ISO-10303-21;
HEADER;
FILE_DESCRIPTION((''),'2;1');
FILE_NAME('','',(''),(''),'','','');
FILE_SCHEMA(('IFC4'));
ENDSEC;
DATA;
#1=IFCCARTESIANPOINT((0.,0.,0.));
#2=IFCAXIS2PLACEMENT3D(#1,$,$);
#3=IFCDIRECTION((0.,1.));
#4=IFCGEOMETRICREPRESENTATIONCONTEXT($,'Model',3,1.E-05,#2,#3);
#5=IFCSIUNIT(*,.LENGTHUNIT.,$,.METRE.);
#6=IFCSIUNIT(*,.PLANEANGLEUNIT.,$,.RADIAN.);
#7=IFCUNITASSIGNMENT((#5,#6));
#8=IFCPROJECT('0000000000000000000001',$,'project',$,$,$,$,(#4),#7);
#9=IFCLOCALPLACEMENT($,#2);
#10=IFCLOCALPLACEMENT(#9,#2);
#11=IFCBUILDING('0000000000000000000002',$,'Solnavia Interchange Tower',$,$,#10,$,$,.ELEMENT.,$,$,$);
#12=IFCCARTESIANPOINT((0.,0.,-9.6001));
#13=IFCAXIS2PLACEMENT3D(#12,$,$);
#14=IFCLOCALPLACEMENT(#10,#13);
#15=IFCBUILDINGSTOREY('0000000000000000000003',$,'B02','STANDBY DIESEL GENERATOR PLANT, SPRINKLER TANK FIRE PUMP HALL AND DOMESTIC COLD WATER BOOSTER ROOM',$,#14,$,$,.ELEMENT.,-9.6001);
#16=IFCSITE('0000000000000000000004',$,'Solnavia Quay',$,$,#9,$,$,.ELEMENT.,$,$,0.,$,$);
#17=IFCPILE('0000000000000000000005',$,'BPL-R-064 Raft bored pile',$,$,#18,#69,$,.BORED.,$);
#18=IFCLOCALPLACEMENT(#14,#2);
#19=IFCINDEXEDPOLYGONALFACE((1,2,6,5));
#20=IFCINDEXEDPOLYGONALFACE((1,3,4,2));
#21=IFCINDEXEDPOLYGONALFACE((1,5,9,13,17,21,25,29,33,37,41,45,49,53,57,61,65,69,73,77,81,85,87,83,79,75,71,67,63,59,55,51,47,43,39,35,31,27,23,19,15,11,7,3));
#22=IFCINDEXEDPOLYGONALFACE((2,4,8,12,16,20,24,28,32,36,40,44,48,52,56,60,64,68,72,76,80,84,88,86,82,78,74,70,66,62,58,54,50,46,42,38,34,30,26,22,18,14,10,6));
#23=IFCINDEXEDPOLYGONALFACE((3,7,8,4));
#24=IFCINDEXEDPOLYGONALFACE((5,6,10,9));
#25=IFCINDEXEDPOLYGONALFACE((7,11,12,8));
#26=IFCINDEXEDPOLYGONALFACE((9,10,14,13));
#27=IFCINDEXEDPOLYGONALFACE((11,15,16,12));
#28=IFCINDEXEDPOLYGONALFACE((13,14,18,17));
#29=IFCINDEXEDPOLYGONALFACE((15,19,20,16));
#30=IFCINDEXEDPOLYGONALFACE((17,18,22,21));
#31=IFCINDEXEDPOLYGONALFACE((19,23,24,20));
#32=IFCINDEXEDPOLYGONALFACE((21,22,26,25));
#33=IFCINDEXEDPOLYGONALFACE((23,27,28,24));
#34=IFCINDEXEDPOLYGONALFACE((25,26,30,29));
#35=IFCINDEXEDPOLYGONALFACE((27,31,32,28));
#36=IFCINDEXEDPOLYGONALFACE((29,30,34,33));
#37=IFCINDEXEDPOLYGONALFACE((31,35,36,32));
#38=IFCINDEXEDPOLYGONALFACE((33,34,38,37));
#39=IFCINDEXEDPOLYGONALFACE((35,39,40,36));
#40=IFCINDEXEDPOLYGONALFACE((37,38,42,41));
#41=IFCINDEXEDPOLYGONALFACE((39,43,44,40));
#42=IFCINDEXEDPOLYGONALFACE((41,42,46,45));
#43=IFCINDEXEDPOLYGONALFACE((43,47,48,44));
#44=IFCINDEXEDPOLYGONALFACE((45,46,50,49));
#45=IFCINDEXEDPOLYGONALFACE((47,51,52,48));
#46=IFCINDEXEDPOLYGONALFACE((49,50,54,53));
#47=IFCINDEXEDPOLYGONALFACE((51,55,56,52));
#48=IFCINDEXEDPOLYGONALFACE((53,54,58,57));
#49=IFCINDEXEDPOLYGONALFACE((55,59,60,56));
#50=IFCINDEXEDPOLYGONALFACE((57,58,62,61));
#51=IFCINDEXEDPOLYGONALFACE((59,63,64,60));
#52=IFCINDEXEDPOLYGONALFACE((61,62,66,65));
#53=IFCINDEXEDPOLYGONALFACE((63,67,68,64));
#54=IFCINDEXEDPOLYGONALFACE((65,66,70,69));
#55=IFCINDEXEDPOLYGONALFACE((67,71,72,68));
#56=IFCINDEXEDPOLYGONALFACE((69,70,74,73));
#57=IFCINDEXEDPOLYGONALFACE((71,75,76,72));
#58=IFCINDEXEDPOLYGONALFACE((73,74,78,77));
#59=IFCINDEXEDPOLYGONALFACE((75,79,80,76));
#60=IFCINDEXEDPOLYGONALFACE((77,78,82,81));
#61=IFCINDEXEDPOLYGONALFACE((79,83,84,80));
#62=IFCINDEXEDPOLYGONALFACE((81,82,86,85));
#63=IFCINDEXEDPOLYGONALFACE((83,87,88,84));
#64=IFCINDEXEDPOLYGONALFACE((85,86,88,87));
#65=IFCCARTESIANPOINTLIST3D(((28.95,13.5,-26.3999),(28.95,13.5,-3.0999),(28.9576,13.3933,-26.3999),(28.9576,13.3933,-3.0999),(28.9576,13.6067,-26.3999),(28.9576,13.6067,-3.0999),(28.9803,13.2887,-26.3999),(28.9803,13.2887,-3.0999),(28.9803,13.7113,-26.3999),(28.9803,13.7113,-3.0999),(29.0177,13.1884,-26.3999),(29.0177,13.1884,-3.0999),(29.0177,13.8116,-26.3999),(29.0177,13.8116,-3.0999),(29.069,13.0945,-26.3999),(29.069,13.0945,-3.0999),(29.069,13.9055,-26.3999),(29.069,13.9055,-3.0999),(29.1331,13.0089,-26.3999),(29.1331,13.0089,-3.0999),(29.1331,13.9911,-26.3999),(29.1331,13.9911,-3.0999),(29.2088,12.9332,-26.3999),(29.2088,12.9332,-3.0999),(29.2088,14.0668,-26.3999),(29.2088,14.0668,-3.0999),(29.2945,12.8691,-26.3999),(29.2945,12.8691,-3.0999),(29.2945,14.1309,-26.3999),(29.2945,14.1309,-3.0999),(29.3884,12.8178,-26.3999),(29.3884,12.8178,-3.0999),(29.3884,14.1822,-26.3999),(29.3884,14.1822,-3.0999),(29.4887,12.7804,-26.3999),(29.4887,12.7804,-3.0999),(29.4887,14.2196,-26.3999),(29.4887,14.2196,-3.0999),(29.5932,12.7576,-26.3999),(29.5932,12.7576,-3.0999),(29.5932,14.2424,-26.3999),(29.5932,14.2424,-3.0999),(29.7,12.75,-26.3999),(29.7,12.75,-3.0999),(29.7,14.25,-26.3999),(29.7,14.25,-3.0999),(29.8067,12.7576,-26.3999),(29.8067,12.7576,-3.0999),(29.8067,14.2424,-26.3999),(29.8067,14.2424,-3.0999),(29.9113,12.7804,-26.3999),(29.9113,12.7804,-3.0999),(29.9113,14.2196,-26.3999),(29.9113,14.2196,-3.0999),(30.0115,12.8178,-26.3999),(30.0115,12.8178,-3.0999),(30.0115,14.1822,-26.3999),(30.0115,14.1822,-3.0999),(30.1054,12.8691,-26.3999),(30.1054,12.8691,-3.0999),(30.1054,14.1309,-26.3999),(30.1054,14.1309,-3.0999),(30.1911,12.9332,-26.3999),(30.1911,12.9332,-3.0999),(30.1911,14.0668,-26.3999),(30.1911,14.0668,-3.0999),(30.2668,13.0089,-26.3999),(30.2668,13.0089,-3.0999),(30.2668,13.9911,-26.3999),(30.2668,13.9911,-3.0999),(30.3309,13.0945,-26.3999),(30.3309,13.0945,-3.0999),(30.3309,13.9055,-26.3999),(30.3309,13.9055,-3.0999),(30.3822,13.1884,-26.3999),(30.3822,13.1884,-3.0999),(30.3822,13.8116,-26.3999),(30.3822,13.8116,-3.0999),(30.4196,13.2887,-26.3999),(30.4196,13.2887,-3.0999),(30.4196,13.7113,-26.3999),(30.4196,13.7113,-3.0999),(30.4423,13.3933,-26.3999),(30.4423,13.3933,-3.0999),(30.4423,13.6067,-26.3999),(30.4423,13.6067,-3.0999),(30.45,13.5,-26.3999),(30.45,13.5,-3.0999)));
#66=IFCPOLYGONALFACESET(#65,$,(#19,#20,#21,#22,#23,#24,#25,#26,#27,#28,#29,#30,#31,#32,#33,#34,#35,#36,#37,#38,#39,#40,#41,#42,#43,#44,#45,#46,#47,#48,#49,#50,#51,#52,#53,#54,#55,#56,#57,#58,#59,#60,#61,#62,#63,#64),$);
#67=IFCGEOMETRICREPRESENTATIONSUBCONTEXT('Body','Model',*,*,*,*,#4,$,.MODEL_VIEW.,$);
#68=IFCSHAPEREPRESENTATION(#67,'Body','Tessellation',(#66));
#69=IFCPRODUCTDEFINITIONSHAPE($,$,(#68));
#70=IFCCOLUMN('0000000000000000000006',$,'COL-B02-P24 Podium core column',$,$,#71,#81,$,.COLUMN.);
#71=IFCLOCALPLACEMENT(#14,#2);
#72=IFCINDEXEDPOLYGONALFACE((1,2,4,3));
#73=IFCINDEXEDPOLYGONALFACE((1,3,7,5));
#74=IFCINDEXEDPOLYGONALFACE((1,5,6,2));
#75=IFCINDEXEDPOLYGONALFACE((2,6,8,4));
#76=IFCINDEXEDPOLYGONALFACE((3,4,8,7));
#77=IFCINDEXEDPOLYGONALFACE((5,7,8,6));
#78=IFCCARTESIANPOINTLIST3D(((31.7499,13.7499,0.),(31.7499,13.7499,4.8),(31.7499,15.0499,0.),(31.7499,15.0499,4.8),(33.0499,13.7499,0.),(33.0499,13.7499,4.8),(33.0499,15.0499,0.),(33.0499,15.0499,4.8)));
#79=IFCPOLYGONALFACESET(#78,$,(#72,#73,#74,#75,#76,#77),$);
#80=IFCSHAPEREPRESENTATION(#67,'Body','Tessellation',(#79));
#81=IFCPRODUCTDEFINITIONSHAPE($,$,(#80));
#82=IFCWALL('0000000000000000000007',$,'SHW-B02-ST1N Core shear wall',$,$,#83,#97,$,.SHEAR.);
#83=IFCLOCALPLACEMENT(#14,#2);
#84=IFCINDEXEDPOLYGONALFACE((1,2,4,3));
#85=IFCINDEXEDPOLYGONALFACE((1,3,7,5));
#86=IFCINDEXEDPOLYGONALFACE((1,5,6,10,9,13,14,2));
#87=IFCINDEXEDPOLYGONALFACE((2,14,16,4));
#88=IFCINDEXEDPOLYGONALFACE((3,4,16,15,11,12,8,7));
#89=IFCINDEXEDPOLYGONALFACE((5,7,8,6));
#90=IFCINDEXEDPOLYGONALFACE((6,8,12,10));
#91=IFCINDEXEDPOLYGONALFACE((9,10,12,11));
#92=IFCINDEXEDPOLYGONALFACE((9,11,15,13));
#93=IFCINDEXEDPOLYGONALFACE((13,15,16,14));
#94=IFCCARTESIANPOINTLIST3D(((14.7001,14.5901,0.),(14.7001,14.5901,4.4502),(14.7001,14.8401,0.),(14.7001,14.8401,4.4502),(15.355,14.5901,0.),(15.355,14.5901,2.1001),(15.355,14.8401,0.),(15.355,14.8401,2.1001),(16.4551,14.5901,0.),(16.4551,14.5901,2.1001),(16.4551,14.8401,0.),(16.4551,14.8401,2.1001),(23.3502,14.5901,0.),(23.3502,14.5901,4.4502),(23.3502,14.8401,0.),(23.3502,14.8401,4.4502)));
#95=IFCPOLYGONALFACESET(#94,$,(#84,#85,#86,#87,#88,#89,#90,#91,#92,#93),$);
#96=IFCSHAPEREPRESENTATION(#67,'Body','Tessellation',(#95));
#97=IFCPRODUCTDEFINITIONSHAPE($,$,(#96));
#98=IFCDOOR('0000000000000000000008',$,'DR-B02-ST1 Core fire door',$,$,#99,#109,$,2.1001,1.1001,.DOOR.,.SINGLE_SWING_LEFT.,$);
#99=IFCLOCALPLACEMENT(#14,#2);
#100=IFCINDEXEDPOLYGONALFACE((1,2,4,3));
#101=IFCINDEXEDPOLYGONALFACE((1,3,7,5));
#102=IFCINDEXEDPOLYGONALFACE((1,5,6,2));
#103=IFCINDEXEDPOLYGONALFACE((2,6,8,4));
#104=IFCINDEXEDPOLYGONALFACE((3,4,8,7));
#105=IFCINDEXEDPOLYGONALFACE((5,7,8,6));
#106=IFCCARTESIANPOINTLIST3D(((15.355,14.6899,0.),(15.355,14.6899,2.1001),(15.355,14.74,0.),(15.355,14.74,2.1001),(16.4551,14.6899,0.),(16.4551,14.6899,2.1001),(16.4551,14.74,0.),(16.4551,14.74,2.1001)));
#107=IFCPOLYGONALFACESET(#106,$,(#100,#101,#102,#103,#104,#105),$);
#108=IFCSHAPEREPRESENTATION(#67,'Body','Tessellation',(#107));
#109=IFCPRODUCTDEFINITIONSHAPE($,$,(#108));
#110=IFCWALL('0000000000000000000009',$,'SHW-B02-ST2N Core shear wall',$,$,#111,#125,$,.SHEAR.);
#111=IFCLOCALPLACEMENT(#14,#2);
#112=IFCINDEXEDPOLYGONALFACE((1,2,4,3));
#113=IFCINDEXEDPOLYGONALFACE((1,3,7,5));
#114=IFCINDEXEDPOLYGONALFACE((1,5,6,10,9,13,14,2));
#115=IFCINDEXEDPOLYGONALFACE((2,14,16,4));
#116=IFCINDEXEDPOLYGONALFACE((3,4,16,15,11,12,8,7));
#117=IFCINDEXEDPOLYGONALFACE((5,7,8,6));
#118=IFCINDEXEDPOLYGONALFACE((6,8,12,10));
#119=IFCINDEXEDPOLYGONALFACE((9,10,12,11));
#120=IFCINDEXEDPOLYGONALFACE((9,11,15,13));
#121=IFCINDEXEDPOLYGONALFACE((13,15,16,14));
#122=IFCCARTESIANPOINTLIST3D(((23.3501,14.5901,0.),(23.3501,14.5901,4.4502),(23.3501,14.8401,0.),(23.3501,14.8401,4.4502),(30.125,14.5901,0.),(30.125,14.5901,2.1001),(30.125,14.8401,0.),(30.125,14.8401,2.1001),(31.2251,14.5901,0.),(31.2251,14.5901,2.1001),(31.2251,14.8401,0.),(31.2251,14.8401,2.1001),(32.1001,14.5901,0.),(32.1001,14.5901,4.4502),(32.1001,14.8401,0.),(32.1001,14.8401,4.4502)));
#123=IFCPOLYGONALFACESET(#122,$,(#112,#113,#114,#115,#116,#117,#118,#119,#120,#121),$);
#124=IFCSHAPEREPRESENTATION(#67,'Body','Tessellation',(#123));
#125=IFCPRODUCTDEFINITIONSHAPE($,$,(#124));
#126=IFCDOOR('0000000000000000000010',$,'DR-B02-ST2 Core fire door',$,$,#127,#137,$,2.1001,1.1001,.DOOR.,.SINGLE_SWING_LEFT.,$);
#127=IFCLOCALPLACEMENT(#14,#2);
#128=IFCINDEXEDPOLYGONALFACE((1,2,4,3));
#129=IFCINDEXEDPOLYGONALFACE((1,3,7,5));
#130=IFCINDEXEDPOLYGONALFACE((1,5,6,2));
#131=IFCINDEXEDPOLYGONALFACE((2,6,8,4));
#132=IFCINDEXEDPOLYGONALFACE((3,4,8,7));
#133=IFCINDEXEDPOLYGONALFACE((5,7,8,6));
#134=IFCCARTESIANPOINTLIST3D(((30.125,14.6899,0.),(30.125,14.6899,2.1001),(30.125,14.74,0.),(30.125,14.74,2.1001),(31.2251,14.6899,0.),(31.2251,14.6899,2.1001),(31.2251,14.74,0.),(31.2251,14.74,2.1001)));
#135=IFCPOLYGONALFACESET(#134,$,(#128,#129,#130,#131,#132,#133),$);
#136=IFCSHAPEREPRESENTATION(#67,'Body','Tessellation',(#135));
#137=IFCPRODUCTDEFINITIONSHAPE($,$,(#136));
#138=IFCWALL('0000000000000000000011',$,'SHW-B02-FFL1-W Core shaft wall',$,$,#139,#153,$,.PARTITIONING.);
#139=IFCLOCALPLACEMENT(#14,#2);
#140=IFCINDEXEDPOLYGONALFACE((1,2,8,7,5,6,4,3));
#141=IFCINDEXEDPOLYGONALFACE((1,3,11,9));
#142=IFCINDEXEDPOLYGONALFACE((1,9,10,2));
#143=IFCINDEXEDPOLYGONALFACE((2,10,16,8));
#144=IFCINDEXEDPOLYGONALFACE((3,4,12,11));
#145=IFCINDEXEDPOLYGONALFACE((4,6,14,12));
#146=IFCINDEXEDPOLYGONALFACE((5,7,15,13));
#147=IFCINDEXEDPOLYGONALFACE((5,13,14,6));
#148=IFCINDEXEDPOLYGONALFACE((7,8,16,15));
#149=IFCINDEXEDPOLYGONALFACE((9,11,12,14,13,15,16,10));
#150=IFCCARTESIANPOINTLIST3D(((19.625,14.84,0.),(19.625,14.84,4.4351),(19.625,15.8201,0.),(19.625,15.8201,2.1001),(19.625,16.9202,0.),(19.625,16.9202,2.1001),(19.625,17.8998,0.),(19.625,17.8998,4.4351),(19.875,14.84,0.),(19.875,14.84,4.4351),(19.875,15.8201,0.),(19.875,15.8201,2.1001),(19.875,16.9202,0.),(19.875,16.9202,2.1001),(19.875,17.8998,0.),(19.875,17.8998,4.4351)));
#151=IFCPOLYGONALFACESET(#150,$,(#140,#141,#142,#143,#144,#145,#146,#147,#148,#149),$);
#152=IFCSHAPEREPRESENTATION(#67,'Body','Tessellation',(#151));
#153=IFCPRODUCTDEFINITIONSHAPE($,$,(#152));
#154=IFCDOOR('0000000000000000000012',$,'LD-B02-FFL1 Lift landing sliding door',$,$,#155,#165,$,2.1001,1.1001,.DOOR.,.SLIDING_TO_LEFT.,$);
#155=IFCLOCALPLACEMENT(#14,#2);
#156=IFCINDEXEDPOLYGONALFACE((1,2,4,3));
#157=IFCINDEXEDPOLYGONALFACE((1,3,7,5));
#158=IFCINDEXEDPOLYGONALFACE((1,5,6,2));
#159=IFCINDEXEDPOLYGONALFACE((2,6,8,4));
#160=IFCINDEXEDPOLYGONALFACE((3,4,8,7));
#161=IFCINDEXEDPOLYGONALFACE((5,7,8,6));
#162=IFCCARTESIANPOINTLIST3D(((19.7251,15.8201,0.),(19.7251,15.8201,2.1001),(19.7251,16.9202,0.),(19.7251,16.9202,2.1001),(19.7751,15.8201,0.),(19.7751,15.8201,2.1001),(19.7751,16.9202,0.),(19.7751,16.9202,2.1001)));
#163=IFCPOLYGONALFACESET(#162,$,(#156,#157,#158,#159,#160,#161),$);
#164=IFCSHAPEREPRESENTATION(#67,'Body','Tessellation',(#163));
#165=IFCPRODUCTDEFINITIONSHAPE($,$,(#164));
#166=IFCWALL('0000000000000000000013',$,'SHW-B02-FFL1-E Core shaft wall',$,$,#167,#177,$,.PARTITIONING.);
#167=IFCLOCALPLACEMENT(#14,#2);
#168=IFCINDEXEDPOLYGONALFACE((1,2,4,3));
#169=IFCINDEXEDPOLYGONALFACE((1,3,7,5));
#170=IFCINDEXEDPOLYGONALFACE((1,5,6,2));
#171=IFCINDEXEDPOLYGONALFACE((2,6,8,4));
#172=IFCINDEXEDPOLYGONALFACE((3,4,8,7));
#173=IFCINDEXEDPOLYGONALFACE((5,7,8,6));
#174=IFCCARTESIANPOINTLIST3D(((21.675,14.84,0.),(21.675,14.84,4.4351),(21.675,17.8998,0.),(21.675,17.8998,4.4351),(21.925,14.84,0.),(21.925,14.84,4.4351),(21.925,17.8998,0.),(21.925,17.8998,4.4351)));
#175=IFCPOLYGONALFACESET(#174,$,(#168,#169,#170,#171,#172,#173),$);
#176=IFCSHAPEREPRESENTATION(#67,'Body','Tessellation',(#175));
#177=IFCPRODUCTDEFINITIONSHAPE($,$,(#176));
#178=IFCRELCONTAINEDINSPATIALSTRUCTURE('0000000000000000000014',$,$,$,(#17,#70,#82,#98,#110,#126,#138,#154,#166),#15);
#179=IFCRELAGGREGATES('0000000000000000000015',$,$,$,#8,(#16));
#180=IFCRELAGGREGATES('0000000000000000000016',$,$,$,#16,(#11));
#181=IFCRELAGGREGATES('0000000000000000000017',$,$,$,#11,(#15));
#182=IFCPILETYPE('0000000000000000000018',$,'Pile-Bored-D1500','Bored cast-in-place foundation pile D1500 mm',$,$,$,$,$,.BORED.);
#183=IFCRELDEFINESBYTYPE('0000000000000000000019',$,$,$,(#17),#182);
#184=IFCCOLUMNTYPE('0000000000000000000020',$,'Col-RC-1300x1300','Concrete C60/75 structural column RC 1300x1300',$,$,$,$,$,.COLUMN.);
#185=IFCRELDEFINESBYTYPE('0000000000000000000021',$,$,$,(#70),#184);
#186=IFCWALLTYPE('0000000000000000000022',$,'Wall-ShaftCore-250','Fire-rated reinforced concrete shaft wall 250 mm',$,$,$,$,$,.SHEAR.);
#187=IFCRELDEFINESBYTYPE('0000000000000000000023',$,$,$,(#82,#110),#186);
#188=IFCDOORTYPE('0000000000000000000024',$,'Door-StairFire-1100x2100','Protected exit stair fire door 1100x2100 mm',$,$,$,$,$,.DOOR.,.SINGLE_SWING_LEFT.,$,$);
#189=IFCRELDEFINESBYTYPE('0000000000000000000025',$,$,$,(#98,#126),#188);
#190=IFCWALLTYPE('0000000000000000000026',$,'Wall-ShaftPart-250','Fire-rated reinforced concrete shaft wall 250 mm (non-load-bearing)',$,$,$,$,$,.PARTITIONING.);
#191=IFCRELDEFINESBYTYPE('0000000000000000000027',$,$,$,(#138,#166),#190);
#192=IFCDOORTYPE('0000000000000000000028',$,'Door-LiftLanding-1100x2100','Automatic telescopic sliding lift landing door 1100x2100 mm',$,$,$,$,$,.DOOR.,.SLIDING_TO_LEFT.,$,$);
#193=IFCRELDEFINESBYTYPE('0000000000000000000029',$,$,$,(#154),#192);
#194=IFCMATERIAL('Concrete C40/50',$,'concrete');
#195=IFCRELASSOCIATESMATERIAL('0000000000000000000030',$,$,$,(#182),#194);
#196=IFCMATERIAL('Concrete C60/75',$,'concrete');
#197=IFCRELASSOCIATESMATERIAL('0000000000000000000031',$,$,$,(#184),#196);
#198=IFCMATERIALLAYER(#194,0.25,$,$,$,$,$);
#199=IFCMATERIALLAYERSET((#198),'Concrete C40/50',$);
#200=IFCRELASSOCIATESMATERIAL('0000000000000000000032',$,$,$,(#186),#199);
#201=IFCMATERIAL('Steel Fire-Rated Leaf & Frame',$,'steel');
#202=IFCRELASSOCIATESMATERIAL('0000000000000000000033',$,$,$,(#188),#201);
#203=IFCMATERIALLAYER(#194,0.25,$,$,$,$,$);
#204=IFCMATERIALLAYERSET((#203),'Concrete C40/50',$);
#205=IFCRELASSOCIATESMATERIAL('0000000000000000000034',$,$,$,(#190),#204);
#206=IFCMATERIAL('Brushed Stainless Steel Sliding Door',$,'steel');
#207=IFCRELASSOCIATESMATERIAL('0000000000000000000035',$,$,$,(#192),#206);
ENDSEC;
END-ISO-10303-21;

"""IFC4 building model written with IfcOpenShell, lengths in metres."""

from ifc_helpers import new_model, si_unit, direction, frame, frame_2d, origin, origin_2d, place, context, subcontext, project, spatial, rectangle, circle, extrude, material, layer, layer_set, material_profile, profile_set, type_object, element, fill, save


model = new_model("IFC4")

# Units and contexts
model_context = context("Model", 3, precision=1e-05, world=origin(), true_north=direction((0.0, 1.0)))
body_context = subcontext(model_context, "Body", "Model", "MODEL_VIEW")
ifc_project = project(units=[si_unit("LENGTHUNIT", "METRE"), si_unit("PLANEANGLEUNIT", "RADIAN")], contexts=[model_context])

# Site, building, storey
site_placement = place(None, origin())
site = spatial("IfcSite", under=ifc_project, at=site_placement, Name="Solnavia Quay", CompositionType="ELEMENT", RefElevation=0.0)
building_placement = place(site_placement, origin())
building = spatial("IfcBuilding", under=site, at=building_placement, Name="Solnavia Interchange Tower", CompositionType="ELEMENT")
storey_placement = place(building_placement, frame((0.0, 0.0, -9.6001)))
storey = spatial("IfcBuildingStorey", under=building, at=storey_placement, Name="B02", Description="STANDBY DIESEL GENERATOR PLANT, SPRINKLER TANK FIRE PUMP HALL AND DOMESTIC COLD WATER BOOSTER ROOM", CompositionType="ELEMENT", Elevation=-9.6001)

# Pile
ifc_material_1 = material(Name="Concrete C40/50", Category="concrete")
ifc_material_profile_1 = material_profile(ifc_material_1, circle(Radius=0.75, at=origin_2d()), Name="PILE D1500")
ifc_profile_set_1 = profile_set([ifc_material_profile_1], Name="Concrete C40/50")
pile_type = type_object("IfcPileType", Name="Pile-Bored-D1500", Description="Bored cast-in-place foundation pile D1500 mm", PredefinedType="BORED", material=ifc_profile_set_1)
for number, where, z_axis, x_axis, name in (
    (1, (29.7, 13.5, -3.0999), (0.0, 0.0, -1.0), (1.0, 0.0, 0.0), "BPL-R-064 Raft bored pile"),
):
    element("IfcPile", number, at=place(storey_placement, frame(where, z_axis=z_axis, x_axis=x_axis)), inside=storey, type_object=pile_type, Name=name, PredefinedType="BORED", context=body_context, shape_type="SweptSolid", body=[
        extrude(circle(Radius=0.75, at=origin_2d()), origin(), (0.0, 0.0, 1.0), 23.3),
    ])

# Column
ifc_material_2 = material(Name="Concrete C60/75", Category="concrete")
ifc_material_profile_2 = material_profile(ifc_material_2, rectangle(XDim=1.3, YDim=1.3, at=origin_2d()), Name="RC 1300x1300")
ifc_profile_set_2 = profile_set([ifc_material_profile_2], Name="Concrete C60/75")
column_type = type_object("IfcColumnType", Name="Col-RC-1300x1300", Description="Concrete C60/75 structural column RC 1300x1300", PredefinedType="COLUMN", material=ifc_profile_set_2)
column_placement = place(storey_placement, frame((32.3999, 14.3999, 0.0), z_axis=(0.0, 0.0, 1.0), x_axis=(1.0, 0.0, 0.0)))
element("IfcColumn", 2, at=column_placement, inside=storey, type_object=column_type, Name="COL-B02-P24 Podium core column", PredefinedType="COLUMN", context=body_context, shape_type="SweptSolid", body=[
    extrude(rectangle(XDim=1.3, YDim=1.3, at=origin_2d()), origin(), (0.0, 0.0, 1.0), 4.8),
])

# Walls, openings, doors
ifc_layer_1 = layer(ifc_material_1, 0.25)
ifc_layer_set_1 = layer_set([ifc_layer_1], Name="Concrete C40/50")
wall_type_1 = type_object("IfcWallType", Name="Wall-ShaftCore-250", Description="Fire-rated reinforced concrete shaft wall 250 mm", PredefinedType="SHEAR", material=ifc_layer_set_1)
wall_1_placement = place(storey_placement, frame((14.7, 14.7151, 0.0), z_axis=(0.0, 0.0, 1.0), x_axis=(1.0, 0.0, 0.0)))
wall_1 = element("IfcWall", 3, at=wall_1_placement, inside=storey, type_object=wall_type_1, Name="SHW-B02-ST1N Core shear wall", PredefinedType="SHEAR", context=body_context, shape_type="SweptSolid", body=[
    extrude(rectangle(XDim=8.6501, YDim=0.25, at=frame_2d((4.3252, 0.0))), origin(), (0.0, 0.0, 1.0), 4.4502),
])
opening_1_placement = place(wall_1_placement, frame((0.655, 0.0, 0.0)))
opening_1 = element("IfcOpeningElement", 4, at=opening_1_placement, cuts=wall_1, PredefinedType="OPENING", context=body_context, shape_type="SweptSolid", body=[
    extrude(rectangle(XDim=1.1001, YDim=2.1001, at=frame_2d((0.55, 1.05))), frame((0.0, 0.135, 0.0), z_axis=(0.0, -1.0, 0.0), x_axis=(1.0, 0.0, 0.0)), (0.0, 0.0, 1.0), 0.27),
])
ifc_material_3 = material(Name="Steel Fire-Rated Leaf & Frame", Category="steel")
door_type_1 = type_object("IfcDoorType", Name="Door-StairFire-1100x2100", Description="Protected exit stair fire door 1100x2100 mm", OperationType="SINGLE_SWING_LEFT", PredefinedType="DOOR", material=ifc_material_3)
door_1_placement = place(opening_1_placement, origin())
door_1 = element("IfcDoor", 5, at=door_1_placement, inside=storey, type_object=door_type_1, Name="DR-B02-ST1 Core fire door", OperationType="SINGLE_SWING_LEFT", OverallHeight=2.1001, OverallWidth=1.1001, PredefinedType="DOOR", context=body_context, shape_type="SweptSolid", body=[
    extrude(rectangle(XDim=1.1001, YDim=2.1001, at=frame_2d((0.55, 1.05))), frame((0.0, 0.0249, 0.0), z_axis=(0.0, -1.0, 0.0), x_axis=(1.0, 0.0, 0.0)), (0.0, 0.0, 1.0), 0.05),
])
fill(opening_1, door_1)
wall_2_placement = place(storey_placement, frame((23.3501, 14.7151, 0.0), z_axis=(0.0, 0.0, 1.0), x_axis=(1.0, 0.0, 0.0)))
wall_2 = element("IfcWall", 6, at=wall_2_placement, inside=storey, type_object=wall_type_1, Name="SHW-B02-ST2N Core shear wall", PredefinedType="SHEAR", context=body_context, shape_type="SweptSolid", body=[
    extrude(rectangle(XDim=8.75, YDim=0.25, at=frame_2d((4.375, 0.0))), origin(), (0.0, 0.0, 1.0), 4.4502),
])
opening_2_placement = place(wall_2_placement, frame((6.7749, 0.0, 0.0)))
opening_2 = element("IfcOpeningElement", 7, at=opening_2_placement, cuts=wall_2, PredefinedType="OPENING", context=body_context, shape_type="SweptSolid", body=[
    extrude(rectangle(XDim=1.1001, YDim=2.1001, at=frame_2d((0.55, 1.05))), frame((0.0, 0.135, 0.0), z_axis=(0.0, -1.0, 0.0), x_axis=(1.0, 0.0, 0.0)), (0.0, 0.0, 1.0), 0.27),
])
door_2_placement = place(opening_2_placement, origin())
door_2 = element("IfcDoor", 8, at=door_2_placement, inside=storey, type_object=door_type_1, Name="DR-B02-ST2 Core fire door", OperationType="SINGLE_SWING_LEFT", OverallHeight=2.1001, OverallWidth=1.1001, PredefinedType="DOOR", context=body_context, shape_type="SweptSolid", body=[
    extrude(rectangle(XDim=1.1001, YDim=2.1001, at=frame_2d((0.55, 1.05))), frame((0.0, 0.0249, 0.0), z_axis=(0.0, -1.0, 0.0), x_axis=(1.0, 0.0, 0.0)), (0.0, 0.0, 1.0), 0.05),
])
fill(opening_2, door_2)
ifc_layer_2 = layer(ifc_material_1, 0.25)
ifc_layer_set_2 = layer_set([ifc_layer_2], Name="Concrete C40/50")
wall_type_2 = type_object("IfcWallType", Name="Wall-ShaftPart-250", Description="Fire-rated reinforced concrete shaft wall 250 mm (non-load-bearing)", PredefinedType="PARTITIONING", material=ifc_layer_set_2)
wall_3_placement = place(storey_placement, frame((19.75, 14.8401, 0.0), z_axis=(0.0, 0.0, 1.0), x_axis=(0.0, 1.0, 0.0)))
wall_3 = element("IfcWall", 9, at=wall_3_placement, inside=storey, type_object=wall_type_2, Name="SHW-B02-FFL1-W Core shaft wall", PredefinedType="PARTITIONING", context=body_context, shape_type="SweptSolid", body=[
    extrude(rectangle(XDim=3.0598, YDim=0.25, at=frame_2d((1.5298, 0.0))), origin(), (0.0, 0.0, 1.0), 4.4351),
])
opening_3_placement = place(wall_3_placement, frame((0.98, 0.0, 0.0)))
opening_3 = element("IfcOpeningElement", 10, at=opening_3_placement, cuts=wall_3, PredefinedType="OPENING", context=body_context, shape_type="SweptSolid", body=[
    extrude(rectangle(XDim=1.1001, YDim=2.1001, at=frame_2d((0.55, 1.05))), frame((0.0, 0.135, 0.0), z_axis=(0.0, -1.0, 0.0), x_axis=(1.0, 0.0, 0.0)), (0.0, 0.0, 1.0), 0.27),
])
ifc_material_4 = material(Name="Brushed Stainless Steel Sliding Door", Category="steel")
door_type_2 = type_object("IfcDoorType", Name="Door-LiftLanding-1100x2100", Description="Automatic telescopic sliding lift landing door 1100x2100 mm", OperationType="SLIDING_TO_LEFT", PredefinedType="DOOR", material=ifc_material_4)
door_3_placement = place(opening_3_placement, origin())
door_3 = element("IfcDoor", 11, at=door_3_placement, inside=storey, type_object=door_type_2, Name="LD-B02-FFL1 Lift landing sliding door", OperationType="SLIDING_TO_LEFT", OverallHeight=2.1001, OverallWidth=1.1001, PredefinedType="DOOR", context=body_context, shape_type="SweptSolid", body=[
    extrude(rectangle(XDim=1.1001, YDim=2.1001, at=frame_2d((0.55, 1.05))), frame((0.0, 0.0249, 0.0), z_axis=(0.0, -1.0, 0.0), x_axis=(1.0, 0.0, 0.0)), (0.0, 0.0, 1.0), 0.05),
])
fill(opening_3, door_3)

# Wall
for number, where, z_axis, x_axis, name in (
    (12, (21.8, 14.8401, 0.0), (0.0, 0.0, 1.0), (0.0, 1.0, 0.0), "SHW-B02-FFL1-E Core shaft wall"),
):
    element("IfcWall", number, at=place(storey_placement, frame(where, z_axis=z_axis, x_axis=x_axis)), inside=storey, type_object=wall_type_2, Name=name, PredefinedType="PARTITIONING", context=body_context, shape_type="SweptSolid", body=[
        extrude(rectangle(XDim=3.0598, YDim=0.25, at=frame_2d((1.5298, 0.0))), origin(), (0.0, 0.0, 1.0), 4.4351),
    ])

save(model, "model.ifc")
